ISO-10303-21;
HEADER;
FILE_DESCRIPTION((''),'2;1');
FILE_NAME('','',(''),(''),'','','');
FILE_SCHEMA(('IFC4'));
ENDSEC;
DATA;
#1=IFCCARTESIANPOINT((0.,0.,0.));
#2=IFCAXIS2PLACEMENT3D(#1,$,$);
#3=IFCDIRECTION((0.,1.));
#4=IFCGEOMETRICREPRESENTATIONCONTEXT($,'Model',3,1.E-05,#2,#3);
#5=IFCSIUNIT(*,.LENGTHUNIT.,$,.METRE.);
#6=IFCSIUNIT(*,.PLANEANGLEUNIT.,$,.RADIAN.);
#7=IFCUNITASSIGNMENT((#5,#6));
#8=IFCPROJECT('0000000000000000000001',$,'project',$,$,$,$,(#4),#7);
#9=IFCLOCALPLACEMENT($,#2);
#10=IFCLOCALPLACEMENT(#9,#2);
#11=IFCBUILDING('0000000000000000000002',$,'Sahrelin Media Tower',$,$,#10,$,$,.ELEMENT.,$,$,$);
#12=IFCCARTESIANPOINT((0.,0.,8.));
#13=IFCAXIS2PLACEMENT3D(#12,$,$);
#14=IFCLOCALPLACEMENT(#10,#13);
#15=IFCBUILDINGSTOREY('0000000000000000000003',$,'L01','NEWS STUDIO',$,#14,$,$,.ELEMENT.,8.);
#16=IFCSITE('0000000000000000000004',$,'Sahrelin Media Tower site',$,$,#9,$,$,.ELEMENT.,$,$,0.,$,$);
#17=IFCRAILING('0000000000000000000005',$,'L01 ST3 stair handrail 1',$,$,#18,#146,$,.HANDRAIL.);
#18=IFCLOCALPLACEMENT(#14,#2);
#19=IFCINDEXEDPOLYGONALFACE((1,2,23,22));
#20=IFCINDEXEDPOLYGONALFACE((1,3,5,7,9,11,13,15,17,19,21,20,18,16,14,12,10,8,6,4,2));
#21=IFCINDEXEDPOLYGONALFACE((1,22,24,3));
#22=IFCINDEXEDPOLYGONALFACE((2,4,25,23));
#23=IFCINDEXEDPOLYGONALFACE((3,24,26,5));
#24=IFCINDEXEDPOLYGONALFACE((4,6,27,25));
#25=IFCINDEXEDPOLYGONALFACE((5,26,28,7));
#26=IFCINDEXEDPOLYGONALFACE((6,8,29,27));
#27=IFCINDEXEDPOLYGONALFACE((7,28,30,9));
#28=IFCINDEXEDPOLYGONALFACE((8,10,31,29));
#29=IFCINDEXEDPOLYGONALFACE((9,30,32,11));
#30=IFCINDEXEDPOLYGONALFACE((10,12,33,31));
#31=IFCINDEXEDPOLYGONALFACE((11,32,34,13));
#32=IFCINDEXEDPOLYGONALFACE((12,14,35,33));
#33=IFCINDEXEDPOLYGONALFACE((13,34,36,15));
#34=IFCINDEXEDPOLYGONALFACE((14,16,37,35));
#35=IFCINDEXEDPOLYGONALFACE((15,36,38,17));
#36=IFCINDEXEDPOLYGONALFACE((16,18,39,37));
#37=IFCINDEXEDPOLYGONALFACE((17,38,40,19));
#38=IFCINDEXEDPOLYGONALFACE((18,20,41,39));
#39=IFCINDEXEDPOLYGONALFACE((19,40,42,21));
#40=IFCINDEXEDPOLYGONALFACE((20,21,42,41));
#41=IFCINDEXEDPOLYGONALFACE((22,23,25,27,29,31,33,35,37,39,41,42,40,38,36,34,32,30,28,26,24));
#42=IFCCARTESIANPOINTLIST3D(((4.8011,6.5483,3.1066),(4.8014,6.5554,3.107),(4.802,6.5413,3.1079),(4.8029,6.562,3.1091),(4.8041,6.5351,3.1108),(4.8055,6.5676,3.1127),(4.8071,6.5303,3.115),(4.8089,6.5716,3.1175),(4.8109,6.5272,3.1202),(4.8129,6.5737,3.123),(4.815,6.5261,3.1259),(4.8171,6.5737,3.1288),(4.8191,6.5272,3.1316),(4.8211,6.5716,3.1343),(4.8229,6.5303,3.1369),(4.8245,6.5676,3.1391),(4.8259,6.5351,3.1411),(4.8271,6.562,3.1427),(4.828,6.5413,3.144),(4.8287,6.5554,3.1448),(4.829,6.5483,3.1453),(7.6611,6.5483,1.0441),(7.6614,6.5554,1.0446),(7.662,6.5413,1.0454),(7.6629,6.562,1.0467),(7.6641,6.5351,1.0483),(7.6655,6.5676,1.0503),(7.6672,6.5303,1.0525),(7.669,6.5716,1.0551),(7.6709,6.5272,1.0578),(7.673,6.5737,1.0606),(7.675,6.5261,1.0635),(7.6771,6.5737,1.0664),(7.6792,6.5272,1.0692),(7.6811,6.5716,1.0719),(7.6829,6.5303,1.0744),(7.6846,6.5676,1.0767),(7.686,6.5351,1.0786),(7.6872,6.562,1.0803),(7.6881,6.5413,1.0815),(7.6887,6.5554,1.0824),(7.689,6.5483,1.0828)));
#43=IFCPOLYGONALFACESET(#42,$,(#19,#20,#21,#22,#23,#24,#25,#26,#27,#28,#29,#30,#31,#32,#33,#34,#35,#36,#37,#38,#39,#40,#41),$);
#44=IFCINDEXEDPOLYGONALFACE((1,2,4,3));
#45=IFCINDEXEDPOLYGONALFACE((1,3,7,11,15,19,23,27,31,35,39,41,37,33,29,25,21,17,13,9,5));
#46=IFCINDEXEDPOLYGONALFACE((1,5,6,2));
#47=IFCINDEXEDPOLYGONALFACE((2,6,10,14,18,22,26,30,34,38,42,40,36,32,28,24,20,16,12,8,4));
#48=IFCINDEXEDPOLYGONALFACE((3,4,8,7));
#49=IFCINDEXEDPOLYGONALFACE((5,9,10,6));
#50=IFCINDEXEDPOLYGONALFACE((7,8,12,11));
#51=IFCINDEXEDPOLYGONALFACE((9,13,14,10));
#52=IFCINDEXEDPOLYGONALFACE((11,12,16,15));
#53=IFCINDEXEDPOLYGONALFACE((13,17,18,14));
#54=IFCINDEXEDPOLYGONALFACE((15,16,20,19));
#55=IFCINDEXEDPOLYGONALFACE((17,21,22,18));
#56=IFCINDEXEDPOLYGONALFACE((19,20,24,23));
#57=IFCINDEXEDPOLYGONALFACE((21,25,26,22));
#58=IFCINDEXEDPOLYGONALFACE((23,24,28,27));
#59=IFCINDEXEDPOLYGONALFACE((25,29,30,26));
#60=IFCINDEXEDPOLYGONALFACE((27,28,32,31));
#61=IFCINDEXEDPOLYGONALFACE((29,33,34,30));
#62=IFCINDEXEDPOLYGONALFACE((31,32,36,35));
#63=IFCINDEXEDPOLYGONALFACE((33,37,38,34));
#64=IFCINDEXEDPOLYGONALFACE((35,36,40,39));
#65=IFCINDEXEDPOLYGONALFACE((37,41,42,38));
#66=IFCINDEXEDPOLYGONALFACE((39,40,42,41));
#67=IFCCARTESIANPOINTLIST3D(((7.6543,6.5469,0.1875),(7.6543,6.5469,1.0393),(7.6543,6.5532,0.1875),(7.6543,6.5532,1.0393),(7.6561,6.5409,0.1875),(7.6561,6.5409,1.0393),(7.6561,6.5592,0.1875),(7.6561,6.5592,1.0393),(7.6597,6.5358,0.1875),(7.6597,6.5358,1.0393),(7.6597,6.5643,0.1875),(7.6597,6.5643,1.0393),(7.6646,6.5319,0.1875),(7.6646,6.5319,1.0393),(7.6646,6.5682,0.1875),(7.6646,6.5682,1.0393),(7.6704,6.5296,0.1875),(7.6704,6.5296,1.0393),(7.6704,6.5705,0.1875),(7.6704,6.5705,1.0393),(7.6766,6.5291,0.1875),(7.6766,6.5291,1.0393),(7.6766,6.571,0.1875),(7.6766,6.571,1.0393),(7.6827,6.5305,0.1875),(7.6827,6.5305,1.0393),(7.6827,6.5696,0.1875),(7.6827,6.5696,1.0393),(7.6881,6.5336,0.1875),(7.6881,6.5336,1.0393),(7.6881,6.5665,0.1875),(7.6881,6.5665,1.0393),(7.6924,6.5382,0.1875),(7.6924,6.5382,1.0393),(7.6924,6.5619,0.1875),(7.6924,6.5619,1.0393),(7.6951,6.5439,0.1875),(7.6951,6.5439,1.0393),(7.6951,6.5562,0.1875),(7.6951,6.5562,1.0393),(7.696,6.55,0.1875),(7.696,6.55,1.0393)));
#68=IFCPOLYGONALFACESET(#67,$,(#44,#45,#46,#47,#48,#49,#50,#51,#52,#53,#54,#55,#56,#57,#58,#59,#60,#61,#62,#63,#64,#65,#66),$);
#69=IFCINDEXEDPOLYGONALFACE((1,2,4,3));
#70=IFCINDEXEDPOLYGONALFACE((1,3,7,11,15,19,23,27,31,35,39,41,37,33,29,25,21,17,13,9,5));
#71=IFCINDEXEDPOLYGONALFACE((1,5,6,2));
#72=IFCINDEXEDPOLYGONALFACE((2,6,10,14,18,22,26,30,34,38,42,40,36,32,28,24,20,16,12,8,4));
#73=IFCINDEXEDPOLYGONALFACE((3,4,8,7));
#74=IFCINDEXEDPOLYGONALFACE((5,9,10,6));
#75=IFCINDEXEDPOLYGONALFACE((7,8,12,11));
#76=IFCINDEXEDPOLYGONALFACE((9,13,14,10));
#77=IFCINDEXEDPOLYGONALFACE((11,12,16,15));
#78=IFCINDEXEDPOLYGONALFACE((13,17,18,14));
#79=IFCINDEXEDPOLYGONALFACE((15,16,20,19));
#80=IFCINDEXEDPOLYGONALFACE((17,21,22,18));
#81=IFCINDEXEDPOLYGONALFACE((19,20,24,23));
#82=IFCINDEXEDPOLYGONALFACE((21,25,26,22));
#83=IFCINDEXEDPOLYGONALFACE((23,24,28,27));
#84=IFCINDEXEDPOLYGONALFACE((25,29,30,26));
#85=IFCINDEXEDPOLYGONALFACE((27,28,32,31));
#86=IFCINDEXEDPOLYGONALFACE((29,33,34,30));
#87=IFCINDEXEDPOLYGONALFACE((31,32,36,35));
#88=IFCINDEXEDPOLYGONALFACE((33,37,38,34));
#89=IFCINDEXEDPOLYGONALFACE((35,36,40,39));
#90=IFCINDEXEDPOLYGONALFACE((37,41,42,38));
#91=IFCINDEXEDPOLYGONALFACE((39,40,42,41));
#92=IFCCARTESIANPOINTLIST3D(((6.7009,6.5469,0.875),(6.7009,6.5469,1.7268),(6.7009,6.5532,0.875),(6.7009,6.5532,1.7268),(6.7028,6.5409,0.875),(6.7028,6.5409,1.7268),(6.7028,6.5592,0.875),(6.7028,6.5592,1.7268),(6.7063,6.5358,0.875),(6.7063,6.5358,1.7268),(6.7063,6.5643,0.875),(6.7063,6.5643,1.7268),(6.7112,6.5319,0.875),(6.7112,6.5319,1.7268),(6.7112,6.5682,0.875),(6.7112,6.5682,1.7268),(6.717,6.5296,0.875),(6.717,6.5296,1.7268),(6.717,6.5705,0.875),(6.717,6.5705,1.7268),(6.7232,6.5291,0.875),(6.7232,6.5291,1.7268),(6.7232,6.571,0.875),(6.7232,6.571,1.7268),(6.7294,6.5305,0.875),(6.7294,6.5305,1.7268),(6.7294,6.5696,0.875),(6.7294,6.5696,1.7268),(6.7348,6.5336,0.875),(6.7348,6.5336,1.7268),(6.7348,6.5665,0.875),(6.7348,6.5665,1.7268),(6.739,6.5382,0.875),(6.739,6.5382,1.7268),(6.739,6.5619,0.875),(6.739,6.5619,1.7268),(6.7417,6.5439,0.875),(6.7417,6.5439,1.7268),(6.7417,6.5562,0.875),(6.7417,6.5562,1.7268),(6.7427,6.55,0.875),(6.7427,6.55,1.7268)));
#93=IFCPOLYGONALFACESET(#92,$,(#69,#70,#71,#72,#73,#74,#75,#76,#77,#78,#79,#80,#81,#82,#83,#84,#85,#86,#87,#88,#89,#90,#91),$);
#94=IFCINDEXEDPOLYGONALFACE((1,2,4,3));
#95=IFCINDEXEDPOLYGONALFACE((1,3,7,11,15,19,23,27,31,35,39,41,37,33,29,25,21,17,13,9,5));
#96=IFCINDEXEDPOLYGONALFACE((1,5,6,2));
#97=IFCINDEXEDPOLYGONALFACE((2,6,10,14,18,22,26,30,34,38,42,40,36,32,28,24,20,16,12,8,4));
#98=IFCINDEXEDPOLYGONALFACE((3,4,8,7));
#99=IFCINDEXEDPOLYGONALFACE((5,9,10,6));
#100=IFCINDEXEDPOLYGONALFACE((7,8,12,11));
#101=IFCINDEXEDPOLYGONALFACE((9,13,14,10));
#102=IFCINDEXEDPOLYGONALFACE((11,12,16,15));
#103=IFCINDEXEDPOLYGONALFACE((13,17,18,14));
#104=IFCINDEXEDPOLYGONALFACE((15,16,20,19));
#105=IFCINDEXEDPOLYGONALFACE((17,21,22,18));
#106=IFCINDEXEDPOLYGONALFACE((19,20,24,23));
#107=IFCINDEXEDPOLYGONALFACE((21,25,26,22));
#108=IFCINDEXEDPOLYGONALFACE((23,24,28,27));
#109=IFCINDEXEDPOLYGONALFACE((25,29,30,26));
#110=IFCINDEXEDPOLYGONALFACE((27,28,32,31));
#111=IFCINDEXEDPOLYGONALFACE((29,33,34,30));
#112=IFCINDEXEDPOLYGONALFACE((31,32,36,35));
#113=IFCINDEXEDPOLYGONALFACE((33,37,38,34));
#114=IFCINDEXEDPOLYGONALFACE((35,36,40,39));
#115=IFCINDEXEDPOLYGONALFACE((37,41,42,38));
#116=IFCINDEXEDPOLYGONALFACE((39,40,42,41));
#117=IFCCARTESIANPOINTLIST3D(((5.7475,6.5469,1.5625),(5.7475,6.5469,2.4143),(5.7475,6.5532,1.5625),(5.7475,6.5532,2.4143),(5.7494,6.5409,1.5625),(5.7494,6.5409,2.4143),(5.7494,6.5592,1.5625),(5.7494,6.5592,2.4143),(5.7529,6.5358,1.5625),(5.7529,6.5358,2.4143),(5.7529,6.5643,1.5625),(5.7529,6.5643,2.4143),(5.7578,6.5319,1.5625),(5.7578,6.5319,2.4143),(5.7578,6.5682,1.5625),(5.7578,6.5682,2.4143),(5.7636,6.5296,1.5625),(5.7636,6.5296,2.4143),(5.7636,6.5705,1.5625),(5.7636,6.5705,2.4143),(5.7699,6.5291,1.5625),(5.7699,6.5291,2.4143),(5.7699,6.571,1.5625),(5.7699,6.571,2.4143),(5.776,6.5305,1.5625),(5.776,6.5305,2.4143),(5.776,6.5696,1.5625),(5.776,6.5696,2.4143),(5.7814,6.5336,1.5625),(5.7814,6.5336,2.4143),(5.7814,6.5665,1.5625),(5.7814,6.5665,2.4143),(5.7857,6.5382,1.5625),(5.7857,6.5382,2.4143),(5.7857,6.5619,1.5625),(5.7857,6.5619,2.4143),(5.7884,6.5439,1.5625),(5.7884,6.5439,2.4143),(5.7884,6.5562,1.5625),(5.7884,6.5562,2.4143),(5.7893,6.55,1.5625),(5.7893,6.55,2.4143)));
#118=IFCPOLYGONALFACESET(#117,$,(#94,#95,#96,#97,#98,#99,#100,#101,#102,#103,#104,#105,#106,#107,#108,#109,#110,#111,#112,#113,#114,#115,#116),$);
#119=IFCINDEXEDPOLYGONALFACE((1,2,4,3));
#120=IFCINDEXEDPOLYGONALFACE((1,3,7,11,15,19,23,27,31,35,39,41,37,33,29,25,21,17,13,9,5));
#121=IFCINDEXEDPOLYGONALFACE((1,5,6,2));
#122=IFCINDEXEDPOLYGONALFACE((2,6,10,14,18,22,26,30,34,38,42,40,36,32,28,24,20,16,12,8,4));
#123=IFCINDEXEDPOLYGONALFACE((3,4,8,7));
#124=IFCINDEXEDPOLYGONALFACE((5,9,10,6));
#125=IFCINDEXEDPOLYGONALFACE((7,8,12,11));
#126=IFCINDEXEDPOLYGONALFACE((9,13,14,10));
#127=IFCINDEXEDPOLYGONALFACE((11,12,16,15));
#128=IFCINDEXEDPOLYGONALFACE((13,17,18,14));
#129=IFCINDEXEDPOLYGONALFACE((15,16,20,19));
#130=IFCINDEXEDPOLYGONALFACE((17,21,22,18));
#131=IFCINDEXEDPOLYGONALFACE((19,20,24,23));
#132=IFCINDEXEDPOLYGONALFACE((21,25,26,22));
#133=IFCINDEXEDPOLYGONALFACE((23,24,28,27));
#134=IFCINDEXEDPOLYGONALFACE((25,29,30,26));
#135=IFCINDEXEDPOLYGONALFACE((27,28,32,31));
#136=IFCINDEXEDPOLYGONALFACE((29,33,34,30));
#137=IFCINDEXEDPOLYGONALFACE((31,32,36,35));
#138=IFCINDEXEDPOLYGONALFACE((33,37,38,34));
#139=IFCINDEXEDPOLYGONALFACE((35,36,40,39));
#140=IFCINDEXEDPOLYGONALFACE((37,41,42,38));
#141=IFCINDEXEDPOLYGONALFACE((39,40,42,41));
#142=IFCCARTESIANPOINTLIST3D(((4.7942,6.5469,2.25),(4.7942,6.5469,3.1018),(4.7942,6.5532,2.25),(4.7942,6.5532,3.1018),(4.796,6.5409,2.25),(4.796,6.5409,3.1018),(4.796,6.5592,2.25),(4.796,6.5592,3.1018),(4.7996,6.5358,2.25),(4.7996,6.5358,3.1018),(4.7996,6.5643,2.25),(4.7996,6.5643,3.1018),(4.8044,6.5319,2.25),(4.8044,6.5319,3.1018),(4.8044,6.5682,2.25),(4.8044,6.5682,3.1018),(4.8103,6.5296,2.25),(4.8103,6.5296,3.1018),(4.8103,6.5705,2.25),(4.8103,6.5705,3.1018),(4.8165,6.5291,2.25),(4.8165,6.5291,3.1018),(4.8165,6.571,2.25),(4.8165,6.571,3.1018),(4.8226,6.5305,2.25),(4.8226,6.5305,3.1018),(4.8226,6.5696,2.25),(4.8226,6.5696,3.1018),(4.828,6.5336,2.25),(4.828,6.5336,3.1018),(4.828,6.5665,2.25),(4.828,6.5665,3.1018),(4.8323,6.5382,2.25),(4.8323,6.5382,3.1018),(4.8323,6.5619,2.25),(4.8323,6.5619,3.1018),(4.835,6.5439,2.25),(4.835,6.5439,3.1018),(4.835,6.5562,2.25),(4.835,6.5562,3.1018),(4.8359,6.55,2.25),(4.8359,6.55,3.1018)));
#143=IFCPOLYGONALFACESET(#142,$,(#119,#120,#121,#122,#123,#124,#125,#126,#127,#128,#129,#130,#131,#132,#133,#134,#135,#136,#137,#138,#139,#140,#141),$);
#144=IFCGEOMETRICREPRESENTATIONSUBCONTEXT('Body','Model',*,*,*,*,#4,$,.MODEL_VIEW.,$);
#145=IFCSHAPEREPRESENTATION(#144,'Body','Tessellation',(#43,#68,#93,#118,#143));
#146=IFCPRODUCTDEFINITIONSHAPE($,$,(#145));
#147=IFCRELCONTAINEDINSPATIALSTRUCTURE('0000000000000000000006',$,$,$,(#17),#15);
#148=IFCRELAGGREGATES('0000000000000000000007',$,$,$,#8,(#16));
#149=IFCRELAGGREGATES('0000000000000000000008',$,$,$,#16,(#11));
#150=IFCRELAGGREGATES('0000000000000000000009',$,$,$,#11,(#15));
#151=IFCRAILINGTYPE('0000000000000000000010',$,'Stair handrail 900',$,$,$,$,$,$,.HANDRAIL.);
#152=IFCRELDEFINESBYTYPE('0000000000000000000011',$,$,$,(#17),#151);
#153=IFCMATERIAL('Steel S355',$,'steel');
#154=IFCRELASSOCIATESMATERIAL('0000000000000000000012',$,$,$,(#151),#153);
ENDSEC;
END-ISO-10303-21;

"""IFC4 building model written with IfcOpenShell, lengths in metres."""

from ifc_helpers import new_model, si_unit, direction, frame, origin, origin_2d, place, context, subcontext, project, spatial, circle, extrude, material, type_object, element, save


model = new_model("IFC4")

# Units and contexts
model_context = context("Model", 3, precision=1e-05, world=origin(), true_north=direction((0.0, 1.0)))
body_context = subcontext(model_context, "Body", "Model", "MODEL_VIEW")
ifc_project = project(units=[si_unit("LENGTHUNIT", "METRE"), si_unit("PLANEANGLEUNIT", "RADIAN")], contexts=[model_context])

# Site, building, storey
site_placement = place(None, origin())
site = spatial("IfcSite", under=ifc_project, at=site_placement, Name="Sahrelin Media Tower site", CompositionType="ELEMENT", RefElevation=0.0)
building_placement = place(site_placement, origin())
building = spatial("IfcBuilding", under=site, at=building_placement, Name="Sahrelin Media Tower", CompositionType="ELEMENT")
storey_placement = place(building_placement, frame((0.0, 0.0, 8.0)))
storey = spatial("IfcBuildingStorey", under=building, at=storey_placement, Name="L01", Description="NEWS STUDIO", CompositionType="ELEMENT", Elevation=8.0)

# Shared definitions
ifc_material_1 = material(Name="Steel S355", Category="steel")

# Railing
railing_type_1 = type_object("IfcRailingType", Name="Stair handrail 900", PredefinedType="HANDRAIL", material=ifc_material_1)
railing_1_placement = place(storey_placement, frame((7.675, 6.55, 0.1875)))
element("IfcRailing", 1, at=railing_1_placement, inside=storey, type_object=railing_type_1, Name="L01 ST3 stair handrail 1", PredefinedType="HANDRAIL", context=body_context, shape_type="SweptSolid", body=[
    extrude(circle(Radius=0.0239, at=origin_2d()), frame((0.0, 0.0, 0.876), z_axis=(-0.811101, 0.0, 0.584906), x_axis=(0.0, -1.0, 0.0)), (0.0, 0.0, 1.0), 3.5261),
    extrude(circle(Radius=0.021, at=origin_2d()), origin(), (0.0, 0.0, 1.0), 0.8518),
    extrude(circle(Radius=0.021, at=origin_2d()), frame((-0.9534, 0.0, 0.6875)), (0.0, 0.0, 1.0), 0.8518),
    extrude(circle(Radius=0.021, at=origin_2d()), frame((-1.9067, 0.0, 1.375)), (0.0, 0.0, 1.0), 0.8518),
    extrude(circle(Radius=0.021, at=origin_2d()), frame((-2.8601, 0.0, 2.0625)), (0.0, 0.0, 1.0), 0.8518),
])

save(model, "model.ifc")
